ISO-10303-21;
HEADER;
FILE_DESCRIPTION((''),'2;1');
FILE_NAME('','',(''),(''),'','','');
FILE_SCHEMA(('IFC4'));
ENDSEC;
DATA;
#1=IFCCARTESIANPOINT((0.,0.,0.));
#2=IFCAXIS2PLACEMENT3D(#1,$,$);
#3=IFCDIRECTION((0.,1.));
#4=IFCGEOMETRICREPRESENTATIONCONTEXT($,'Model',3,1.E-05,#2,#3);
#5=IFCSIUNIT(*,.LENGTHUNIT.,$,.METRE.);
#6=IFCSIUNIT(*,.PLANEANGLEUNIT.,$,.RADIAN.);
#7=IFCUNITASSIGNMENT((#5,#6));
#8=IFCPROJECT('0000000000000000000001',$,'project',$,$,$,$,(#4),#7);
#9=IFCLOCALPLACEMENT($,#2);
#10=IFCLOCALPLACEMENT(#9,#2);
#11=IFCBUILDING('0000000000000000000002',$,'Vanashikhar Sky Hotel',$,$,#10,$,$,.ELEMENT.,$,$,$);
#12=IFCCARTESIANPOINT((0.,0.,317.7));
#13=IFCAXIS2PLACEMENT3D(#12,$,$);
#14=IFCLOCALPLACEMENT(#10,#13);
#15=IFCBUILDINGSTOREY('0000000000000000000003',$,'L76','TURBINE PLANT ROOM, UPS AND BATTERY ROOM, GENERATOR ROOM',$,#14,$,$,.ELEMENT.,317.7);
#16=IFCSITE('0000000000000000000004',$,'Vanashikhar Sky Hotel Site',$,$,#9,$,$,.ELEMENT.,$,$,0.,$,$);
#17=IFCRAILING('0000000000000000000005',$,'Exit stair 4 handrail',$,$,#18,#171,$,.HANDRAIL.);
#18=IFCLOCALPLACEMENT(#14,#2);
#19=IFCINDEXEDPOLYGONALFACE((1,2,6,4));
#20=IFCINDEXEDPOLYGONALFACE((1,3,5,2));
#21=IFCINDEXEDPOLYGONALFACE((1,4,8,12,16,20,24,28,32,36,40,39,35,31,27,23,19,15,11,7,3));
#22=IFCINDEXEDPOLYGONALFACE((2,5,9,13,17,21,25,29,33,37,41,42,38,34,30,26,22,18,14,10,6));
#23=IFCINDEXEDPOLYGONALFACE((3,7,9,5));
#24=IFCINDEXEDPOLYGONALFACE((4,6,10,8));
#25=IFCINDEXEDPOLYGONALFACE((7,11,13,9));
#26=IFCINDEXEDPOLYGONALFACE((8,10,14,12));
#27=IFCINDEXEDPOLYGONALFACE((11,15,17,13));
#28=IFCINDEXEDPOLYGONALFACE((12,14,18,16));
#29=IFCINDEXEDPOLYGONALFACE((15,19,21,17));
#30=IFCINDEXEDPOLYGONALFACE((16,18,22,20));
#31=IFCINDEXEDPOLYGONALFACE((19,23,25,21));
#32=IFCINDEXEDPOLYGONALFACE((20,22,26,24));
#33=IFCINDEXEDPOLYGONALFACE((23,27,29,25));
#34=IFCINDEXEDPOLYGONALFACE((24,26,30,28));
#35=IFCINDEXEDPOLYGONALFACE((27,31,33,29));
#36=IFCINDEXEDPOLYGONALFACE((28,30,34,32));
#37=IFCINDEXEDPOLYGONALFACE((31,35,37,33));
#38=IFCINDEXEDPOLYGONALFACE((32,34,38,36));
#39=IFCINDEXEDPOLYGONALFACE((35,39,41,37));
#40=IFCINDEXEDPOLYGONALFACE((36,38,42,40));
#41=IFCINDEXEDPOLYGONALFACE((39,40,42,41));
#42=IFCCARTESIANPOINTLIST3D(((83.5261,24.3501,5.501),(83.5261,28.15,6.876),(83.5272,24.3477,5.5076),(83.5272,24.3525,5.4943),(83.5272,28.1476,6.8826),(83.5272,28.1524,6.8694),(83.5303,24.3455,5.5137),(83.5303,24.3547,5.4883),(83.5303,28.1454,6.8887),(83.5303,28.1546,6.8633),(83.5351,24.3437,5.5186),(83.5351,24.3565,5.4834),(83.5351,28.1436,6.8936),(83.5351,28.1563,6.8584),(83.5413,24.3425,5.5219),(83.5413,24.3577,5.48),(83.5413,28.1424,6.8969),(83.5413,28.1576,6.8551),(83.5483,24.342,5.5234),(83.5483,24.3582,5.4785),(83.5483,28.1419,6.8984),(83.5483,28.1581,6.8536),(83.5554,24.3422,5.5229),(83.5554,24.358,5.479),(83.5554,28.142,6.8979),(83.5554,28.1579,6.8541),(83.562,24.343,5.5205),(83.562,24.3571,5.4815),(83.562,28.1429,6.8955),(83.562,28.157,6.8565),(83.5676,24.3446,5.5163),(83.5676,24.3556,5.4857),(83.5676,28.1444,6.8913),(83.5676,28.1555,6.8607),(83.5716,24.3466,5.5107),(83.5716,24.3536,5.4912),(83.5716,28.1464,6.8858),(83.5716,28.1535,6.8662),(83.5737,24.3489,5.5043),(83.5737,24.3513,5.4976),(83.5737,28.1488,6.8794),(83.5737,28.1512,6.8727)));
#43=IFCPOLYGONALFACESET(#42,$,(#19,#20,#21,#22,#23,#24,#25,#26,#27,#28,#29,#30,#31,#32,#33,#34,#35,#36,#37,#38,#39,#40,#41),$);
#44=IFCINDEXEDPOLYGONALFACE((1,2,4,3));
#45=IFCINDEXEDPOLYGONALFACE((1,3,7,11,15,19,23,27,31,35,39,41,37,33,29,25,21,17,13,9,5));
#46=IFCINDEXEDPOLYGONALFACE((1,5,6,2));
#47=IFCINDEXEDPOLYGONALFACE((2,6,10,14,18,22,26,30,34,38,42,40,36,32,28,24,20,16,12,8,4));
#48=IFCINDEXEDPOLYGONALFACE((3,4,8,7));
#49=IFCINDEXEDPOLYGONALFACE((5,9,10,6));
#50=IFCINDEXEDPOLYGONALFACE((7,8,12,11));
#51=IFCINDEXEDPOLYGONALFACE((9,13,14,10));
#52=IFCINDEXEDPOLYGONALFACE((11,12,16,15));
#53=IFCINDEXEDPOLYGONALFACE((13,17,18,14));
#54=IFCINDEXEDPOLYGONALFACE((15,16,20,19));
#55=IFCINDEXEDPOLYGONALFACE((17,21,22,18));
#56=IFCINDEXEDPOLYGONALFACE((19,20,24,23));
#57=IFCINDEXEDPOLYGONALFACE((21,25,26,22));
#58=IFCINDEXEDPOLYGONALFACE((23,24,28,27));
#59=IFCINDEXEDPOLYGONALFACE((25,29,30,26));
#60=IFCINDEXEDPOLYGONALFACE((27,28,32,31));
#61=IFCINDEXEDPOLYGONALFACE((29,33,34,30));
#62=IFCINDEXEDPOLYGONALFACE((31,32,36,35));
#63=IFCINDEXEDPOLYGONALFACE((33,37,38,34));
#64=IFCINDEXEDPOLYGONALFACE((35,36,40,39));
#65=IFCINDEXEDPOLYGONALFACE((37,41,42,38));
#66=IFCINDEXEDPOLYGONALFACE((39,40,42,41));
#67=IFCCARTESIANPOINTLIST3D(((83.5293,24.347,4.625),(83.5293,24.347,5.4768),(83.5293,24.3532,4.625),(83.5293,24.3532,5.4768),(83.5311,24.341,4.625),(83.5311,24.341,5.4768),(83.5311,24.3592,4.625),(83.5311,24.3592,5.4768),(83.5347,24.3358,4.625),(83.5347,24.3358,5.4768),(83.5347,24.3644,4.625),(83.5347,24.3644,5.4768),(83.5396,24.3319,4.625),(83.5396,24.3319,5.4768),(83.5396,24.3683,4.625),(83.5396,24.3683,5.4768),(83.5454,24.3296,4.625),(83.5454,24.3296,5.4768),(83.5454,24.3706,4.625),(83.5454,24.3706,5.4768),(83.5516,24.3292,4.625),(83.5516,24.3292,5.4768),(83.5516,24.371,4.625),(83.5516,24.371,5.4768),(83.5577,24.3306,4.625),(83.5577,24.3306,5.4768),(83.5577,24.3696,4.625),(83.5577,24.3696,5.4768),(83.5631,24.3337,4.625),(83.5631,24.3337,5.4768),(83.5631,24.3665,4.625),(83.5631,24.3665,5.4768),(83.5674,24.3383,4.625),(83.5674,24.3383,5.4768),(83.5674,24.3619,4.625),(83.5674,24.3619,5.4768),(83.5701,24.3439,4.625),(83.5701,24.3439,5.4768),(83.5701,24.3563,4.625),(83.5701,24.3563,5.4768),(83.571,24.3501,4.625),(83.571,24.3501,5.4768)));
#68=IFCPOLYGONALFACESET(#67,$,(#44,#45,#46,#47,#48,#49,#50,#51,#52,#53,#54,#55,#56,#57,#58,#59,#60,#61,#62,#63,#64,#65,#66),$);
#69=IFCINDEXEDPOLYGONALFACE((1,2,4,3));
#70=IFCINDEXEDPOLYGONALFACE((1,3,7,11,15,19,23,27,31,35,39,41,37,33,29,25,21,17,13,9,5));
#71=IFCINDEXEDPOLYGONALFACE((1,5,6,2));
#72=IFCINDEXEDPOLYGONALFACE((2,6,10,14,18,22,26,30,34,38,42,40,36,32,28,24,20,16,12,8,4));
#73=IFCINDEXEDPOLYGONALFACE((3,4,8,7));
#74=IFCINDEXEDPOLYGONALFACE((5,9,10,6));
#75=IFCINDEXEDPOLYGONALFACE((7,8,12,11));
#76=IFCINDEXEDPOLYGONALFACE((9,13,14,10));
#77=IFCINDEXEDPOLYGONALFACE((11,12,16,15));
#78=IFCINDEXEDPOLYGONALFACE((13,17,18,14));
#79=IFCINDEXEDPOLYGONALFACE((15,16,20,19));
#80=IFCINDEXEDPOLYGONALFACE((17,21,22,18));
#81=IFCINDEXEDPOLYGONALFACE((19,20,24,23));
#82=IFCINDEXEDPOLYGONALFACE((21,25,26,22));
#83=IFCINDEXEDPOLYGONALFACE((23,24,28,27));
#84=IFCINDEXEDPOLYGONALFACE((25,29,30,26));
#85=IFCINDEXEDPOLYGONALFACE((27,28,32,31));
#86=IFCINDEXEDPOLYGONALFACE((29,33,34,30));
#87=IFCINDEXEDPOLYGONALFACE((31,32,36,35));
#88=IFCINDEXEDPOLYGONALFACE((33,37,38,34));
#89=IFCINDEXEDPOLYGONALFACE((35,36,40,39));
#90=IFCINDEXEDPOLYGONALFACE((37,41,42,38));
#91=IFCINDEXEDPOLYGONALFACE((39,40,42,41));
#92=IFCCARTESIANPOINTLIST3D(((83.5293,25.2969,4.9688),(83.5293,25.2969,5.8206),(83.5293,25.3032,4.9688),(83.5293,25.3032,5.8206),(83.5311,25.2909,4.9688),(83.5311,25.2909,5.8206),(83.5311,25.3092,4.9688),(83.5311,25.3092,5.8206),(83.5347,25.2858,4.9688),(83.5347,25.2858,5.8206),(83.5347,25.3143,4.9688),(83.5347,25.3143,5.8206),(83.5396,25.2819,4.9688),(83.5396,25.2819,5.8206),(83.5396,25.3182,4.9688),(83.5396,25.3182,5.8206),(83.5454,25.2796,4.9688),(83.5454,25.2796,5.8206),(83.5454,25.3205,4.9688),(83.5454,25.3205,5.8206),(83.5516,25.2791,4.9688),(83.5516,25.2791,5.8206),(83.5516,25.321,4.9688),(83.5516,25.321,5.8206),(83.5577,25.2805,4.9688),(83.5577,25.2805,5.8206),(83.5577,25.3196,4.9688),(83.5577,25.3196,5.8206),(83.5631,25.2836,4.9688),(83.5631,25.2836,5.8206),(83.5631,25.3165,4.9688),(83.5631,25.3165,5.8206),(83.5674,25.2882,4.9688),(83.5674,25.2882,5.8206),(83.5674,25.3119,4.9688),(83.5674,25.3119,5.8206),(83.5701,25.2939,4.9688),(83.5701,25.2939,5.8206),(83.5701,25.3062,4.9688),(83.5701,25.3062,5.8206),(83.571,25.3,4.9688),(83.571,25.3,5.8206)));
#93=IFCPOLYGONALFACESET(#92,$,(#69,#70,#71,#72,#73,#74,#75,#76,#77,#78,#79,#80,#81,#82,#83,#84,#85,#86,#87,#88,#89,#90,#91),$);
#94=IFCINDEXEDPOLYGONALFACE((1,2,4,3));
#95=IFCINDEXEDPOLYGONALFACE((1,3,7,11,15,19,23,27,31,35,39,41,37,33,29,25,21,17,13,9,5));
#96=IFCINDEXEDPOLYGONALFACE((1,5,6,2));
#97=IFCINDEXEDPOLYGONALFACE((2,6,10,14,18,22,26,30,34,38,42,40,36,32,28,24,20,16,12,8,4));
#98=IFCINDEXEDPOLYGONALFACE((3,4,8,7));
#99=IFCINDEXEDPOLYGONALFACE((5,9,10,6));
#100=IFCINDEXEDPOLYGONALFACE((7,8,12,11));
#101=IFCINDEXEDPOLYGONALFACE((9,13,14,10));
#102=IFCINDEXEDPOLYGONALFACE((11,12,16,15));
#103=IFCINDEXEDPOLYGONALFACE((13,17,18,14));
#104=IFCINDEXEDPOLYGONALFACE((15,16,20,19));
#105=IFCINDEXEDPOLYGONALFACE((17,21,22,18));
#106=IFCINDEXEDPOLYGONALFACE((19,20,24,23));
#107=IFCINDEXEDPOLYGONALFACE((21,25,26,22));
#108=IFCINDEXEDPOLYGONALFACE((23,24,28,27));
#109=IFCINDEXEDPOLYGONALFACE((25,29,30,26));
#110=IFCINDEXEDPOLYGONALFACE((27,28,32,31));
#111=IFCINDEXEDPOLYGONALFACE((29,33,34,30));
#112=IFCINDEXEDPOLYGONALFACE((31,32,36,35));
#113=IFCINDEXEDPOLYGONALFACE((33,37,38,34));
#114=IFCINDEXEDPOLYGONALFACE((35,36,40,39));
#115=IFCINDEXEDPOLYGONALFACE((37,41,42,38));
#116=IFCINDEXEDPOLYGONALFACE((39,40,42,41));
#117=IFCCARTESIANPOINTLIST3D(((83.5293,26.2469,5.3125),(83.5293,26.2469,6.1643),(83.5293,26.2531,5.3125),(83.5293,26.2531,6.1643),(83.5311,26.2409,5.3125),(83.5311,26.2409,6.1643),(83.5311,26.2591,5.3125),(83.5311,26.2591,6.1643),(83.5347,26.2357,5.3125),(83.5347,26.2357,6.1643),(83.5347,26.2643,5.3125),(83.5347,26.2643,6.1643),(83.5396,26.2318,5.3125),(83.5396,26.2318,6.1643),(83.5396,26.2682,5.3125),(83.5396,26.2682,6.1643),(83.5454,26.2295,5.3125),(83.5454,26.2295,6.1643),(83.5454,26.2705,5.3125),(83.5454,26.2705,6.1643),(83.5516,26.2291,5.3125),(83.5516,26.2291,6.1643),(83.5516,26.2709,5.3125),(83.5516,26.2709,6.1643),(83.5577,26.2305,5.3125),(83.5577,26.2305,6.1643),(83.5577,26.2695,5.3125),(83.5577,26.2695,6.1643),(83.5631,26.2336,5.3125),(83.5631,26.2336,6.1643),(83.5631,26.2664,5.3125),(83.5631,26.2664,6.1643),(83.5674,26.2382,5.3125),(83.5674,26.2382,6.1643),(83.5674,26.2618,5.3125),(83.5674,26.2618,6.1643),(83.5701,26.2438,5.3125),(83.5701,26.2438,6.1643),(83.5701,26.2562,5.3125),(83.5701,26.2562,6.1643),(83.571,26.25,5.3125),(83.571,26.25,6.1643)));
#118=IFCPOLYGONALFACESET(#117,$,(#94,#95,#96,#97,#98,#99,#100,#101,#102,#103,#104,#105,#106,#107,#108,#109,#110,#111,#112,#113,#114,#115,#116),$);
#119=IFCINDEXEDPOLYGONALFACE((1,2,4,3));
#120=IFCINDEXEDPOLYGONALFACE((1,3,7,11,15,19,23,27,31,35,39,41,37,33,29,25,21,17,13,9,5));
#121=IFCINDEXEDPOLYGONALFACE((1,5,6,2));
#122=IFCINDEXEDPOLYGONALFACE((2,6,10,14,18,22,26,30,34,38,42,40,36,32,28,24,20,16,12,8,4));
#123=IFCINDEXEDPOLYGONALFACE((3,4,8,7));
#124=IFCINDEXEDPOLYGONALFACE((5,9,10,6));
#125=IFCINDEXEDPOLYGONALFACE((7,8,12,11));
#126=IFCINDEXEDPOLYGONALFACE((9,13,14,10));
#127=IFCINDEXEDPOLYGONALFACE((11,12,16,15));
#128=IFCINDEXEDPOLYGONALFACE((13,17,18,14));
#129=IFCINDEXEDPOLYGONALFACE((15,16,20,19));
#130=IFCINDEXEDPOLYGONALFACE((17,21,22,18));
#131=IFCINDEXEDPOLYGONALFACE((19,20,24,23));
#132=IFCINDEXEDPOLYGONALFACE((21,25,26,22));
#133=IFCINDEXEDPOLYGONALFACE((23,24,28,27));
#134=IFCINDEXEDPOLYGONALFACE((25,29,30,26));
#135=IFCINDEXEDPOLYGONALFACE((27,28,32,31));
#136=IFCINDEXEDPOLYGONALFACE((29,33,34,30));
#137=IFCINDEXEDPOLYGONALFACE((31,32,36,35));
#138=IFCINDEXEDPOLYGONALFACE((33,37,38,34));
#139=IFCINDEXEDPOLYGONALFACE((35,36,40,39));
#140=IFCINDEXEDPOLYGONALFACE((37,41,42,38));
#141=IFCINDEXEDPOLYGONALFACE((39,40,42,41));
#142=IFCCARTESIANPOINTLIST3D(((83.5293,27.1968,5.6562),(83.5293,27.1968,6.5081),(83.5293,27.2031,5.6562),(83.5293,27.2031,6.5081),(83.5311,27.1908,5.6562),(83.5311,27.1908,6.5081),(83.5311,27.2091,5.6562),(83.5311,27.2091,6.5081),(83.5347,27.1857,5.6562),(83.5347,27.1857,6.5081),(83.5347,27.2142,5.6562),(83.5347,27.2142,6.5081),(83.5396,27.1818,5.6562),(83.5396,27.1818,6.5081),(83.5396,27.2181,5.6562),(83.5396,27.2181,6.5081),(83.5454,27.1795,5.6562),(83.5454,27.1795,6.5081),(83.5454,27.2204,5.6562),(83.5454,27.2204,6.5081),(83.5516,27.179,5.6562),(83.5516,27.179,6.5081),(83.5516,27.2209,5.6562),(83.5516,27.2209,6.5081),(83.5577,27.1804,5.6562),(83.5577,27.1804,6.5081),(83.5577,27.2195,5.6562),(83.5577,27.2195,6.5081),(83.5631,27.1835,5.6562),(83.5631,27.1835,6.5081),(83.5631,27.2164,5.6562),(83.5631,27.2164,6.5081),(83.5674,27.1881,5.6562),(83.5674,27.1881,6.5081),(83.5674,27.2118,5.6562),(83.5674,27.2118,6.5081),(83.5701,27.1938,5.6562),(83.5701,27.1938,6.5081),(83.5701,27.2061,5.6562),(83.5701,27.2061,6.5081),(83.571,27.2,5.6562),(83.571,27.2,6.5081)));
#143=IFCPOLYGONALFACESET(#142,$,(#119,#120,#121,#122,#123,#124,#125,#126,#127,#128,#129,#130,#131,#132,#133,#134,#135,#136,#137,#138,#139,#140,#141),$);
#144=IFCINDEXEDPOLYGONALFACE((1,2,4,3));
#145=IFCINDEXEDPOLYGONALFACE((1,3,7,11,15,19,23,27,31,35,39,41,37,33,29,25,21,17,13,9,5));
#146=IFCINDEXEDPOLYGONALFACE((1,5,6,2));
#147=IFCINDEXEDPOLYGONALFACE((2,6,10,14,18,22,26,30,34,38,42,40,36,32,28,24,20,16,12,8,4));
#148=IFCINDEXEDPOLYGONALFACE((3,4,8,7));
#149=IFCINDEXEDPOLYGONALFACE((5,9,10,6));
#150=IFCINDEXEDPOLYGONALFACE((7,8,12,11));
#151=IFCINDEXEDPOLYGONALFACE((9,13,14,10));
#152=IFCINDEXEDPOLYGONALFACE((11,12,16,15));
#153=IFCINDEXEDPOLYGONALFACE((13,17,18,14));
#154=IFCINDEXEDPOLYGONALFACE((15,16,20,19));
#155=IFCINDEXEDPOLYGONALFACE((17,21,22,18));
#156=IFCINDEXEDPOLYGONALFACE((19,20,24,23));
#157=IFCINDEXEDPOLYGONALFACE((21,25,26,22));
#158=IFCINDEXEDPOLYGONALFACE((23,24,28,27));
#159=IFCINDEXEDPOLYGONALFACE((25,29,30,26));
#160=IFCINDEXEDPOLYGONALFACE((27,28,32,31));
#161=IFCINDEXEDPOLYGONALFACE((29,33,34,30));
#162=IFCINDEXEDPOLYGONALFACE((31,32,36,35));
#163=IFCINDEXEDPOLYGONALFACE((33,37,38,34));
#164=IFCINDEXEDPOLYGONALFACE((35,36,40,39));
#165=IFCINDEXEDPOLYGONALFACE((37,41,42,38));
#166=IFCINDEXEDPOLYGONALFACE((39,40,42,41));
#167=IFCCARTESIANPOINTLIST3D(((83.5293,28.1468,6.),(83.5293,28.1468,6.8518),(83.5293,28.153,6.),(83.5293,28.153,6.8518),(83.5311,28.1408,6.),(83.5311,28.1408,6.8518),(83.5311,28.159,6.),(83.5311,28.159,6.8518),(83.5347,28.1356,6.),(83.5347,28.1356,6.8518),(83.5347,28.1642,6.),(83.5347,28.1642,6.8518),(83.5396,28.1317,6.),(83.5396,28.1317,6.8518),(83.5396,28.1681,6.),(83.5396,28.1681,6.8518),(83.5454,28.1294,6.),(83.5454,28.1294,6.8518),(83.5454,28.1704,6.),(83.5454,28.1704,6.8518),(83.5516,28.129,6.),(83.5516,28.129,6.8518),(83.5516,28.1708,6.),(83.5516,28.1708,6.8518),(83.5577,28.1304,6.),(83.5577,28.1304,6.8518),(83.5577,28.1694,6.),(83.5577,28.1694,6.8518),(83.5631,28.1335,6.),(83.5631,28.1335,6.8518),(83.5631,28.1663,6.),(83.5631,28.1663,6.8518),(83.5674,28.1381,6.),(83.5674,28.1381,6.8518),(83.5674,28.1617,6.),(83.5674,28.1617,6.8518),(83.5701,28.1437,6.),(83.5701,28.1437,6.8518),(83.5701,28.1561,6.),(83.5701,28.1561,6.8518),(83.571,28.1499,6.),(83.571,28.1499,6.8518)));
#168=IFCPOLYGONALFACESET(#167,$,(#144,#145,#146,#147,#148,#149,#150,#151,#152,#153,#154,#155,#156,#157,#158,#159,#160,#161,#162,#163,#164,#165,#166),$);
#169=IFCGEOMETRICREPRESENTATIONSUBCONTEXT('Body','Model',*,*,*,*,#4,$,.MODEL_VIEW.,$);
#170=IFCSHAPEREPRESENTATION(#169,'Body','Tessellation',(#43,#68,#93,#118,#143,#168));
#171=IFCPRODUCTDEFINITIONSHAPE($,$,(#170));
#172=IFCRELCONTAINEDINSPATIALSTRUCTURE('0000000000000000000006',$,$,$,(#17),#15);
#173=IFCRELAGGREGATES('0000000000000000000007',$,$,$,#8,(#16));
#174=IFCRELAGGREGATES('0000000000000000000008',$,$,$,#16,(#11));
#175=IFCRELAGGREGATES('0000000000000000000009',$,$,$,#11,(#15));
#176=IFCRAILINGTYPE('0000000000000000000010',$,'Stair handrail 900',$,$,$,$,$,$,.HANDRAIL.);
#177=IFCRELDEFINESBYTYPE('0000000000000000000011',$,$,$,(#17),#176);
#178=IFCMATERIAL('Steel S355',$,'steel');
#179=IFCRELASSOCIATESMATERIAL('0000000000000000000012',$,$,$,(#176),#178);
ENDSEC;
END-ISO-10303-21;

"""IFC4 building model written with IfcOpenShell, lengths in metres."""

from ifc_helpers import new_model, si_unit, direction, frame, origin, origin_2d, place, context, subcontext, project, spatial, circle, extrude, source, transform, mapped, material, type_object, element, save


model = new_model("IFC4")

# Units and contexts
model_context = context("Model", 3, precision=1e-05, world=origin(), true_north=direction((0.0, 1.0)))
body_context = subcontext(model_context, "Body", "Model", "MODEL_VIEW")
ifc_project = project(units=[si_unit("LENGTHUNIT", "METRE"), si_unit("PLANEANGLEUNIT", "RADIAN")], contexts=[model_context])

# Site, building, storey
site_placement = place(None, origin())
site = spatial("IfcSite", under=ifc_project, at=site_placement, Name="Vanashikhar Sky Hotel Site", CompositionType="ELEMENT", RefElevation=0.0)
building_placement = place(site_placement, origin())
building = spatial("IfcBuilding", under=site, at=building_placement, Name="Vanashikhar Sky Hotel", CompositionType="ELEMENT")
storey_placement = place(building_placement, frame((0.0, 0.0, 317.7)))
storey = spatial("IfcBuildingStorey", under=building, at=storey_placement, Name="L76", Description="TURBINE PLANT ROOM, UPS AND BATTERY ROOM, GENERATOR ROOM", CompositionType="ELEMENT", Elevation=317.7)

# Railing
ifc_material_1 = material(Name="Steel S355", Category="steel")
railing_type_1 = type_object("IfcRailingType", Name="Stair handrail 900", PredefinedType="HANDRAIL", material=ifc_material_1)
shared_shape_1 = source(origin(), body_context, "Body", "SweptSolid", [
    extrude(circle(Radius=0.0239, at=origin_2d()), frame((0.0, 0.0, 0.876), z_axis=(0.0, 0.940329, 0.340268), x_axis=(-1.0, 0.0, 0.0)), (0.0, 0.0, 1.0), 4.041),
    extrude(circle(Radius=0.021, at=origin_2d()), origin(), (0.0, 0.0, 1.0), 0.8518),
    extrude(circle(Radius=0.021, at=origin_2d()), frame((0.0, 0.95, 0.3438)), (0.0, 0.0, 1.0), 0.8518),
    extrude(circle(Radius=0.021, at=origin_2d()), frame((0.0, 1.8999, 0.6875)), (0.0, 0.0, 1.0), 0.8518),
    extrude(circle(Radius=0.021, at=origin_2d()), frame((0.0, 2.8499, 1.0312)), (0.0, 0.0, 1.0), 0.8518),
    extrude(circle(Radius=0.021, at=origin_2d()), frame((0.0, 3.7998, 1.375)), (0.0, 0.0, 1.0), 0.8518),
])
for number, where, name in (
    (1, (83.55, 24.3501, 4.625), "Exit stair 4 handrail"),
):
    element("IfcRailing", number, at=place(storey_placement, frame(where)), inside=storey, type_object=railing_type_1, Name=name, PredefinedType="HANDRAIL", context=body_context, shape_type="MappedRepresentation", body=[
        mapped(shared_shape_1, transform((0.0, 0.0, 0.0), scale=1.0)),
    ])

save(model, "model.ifc")
